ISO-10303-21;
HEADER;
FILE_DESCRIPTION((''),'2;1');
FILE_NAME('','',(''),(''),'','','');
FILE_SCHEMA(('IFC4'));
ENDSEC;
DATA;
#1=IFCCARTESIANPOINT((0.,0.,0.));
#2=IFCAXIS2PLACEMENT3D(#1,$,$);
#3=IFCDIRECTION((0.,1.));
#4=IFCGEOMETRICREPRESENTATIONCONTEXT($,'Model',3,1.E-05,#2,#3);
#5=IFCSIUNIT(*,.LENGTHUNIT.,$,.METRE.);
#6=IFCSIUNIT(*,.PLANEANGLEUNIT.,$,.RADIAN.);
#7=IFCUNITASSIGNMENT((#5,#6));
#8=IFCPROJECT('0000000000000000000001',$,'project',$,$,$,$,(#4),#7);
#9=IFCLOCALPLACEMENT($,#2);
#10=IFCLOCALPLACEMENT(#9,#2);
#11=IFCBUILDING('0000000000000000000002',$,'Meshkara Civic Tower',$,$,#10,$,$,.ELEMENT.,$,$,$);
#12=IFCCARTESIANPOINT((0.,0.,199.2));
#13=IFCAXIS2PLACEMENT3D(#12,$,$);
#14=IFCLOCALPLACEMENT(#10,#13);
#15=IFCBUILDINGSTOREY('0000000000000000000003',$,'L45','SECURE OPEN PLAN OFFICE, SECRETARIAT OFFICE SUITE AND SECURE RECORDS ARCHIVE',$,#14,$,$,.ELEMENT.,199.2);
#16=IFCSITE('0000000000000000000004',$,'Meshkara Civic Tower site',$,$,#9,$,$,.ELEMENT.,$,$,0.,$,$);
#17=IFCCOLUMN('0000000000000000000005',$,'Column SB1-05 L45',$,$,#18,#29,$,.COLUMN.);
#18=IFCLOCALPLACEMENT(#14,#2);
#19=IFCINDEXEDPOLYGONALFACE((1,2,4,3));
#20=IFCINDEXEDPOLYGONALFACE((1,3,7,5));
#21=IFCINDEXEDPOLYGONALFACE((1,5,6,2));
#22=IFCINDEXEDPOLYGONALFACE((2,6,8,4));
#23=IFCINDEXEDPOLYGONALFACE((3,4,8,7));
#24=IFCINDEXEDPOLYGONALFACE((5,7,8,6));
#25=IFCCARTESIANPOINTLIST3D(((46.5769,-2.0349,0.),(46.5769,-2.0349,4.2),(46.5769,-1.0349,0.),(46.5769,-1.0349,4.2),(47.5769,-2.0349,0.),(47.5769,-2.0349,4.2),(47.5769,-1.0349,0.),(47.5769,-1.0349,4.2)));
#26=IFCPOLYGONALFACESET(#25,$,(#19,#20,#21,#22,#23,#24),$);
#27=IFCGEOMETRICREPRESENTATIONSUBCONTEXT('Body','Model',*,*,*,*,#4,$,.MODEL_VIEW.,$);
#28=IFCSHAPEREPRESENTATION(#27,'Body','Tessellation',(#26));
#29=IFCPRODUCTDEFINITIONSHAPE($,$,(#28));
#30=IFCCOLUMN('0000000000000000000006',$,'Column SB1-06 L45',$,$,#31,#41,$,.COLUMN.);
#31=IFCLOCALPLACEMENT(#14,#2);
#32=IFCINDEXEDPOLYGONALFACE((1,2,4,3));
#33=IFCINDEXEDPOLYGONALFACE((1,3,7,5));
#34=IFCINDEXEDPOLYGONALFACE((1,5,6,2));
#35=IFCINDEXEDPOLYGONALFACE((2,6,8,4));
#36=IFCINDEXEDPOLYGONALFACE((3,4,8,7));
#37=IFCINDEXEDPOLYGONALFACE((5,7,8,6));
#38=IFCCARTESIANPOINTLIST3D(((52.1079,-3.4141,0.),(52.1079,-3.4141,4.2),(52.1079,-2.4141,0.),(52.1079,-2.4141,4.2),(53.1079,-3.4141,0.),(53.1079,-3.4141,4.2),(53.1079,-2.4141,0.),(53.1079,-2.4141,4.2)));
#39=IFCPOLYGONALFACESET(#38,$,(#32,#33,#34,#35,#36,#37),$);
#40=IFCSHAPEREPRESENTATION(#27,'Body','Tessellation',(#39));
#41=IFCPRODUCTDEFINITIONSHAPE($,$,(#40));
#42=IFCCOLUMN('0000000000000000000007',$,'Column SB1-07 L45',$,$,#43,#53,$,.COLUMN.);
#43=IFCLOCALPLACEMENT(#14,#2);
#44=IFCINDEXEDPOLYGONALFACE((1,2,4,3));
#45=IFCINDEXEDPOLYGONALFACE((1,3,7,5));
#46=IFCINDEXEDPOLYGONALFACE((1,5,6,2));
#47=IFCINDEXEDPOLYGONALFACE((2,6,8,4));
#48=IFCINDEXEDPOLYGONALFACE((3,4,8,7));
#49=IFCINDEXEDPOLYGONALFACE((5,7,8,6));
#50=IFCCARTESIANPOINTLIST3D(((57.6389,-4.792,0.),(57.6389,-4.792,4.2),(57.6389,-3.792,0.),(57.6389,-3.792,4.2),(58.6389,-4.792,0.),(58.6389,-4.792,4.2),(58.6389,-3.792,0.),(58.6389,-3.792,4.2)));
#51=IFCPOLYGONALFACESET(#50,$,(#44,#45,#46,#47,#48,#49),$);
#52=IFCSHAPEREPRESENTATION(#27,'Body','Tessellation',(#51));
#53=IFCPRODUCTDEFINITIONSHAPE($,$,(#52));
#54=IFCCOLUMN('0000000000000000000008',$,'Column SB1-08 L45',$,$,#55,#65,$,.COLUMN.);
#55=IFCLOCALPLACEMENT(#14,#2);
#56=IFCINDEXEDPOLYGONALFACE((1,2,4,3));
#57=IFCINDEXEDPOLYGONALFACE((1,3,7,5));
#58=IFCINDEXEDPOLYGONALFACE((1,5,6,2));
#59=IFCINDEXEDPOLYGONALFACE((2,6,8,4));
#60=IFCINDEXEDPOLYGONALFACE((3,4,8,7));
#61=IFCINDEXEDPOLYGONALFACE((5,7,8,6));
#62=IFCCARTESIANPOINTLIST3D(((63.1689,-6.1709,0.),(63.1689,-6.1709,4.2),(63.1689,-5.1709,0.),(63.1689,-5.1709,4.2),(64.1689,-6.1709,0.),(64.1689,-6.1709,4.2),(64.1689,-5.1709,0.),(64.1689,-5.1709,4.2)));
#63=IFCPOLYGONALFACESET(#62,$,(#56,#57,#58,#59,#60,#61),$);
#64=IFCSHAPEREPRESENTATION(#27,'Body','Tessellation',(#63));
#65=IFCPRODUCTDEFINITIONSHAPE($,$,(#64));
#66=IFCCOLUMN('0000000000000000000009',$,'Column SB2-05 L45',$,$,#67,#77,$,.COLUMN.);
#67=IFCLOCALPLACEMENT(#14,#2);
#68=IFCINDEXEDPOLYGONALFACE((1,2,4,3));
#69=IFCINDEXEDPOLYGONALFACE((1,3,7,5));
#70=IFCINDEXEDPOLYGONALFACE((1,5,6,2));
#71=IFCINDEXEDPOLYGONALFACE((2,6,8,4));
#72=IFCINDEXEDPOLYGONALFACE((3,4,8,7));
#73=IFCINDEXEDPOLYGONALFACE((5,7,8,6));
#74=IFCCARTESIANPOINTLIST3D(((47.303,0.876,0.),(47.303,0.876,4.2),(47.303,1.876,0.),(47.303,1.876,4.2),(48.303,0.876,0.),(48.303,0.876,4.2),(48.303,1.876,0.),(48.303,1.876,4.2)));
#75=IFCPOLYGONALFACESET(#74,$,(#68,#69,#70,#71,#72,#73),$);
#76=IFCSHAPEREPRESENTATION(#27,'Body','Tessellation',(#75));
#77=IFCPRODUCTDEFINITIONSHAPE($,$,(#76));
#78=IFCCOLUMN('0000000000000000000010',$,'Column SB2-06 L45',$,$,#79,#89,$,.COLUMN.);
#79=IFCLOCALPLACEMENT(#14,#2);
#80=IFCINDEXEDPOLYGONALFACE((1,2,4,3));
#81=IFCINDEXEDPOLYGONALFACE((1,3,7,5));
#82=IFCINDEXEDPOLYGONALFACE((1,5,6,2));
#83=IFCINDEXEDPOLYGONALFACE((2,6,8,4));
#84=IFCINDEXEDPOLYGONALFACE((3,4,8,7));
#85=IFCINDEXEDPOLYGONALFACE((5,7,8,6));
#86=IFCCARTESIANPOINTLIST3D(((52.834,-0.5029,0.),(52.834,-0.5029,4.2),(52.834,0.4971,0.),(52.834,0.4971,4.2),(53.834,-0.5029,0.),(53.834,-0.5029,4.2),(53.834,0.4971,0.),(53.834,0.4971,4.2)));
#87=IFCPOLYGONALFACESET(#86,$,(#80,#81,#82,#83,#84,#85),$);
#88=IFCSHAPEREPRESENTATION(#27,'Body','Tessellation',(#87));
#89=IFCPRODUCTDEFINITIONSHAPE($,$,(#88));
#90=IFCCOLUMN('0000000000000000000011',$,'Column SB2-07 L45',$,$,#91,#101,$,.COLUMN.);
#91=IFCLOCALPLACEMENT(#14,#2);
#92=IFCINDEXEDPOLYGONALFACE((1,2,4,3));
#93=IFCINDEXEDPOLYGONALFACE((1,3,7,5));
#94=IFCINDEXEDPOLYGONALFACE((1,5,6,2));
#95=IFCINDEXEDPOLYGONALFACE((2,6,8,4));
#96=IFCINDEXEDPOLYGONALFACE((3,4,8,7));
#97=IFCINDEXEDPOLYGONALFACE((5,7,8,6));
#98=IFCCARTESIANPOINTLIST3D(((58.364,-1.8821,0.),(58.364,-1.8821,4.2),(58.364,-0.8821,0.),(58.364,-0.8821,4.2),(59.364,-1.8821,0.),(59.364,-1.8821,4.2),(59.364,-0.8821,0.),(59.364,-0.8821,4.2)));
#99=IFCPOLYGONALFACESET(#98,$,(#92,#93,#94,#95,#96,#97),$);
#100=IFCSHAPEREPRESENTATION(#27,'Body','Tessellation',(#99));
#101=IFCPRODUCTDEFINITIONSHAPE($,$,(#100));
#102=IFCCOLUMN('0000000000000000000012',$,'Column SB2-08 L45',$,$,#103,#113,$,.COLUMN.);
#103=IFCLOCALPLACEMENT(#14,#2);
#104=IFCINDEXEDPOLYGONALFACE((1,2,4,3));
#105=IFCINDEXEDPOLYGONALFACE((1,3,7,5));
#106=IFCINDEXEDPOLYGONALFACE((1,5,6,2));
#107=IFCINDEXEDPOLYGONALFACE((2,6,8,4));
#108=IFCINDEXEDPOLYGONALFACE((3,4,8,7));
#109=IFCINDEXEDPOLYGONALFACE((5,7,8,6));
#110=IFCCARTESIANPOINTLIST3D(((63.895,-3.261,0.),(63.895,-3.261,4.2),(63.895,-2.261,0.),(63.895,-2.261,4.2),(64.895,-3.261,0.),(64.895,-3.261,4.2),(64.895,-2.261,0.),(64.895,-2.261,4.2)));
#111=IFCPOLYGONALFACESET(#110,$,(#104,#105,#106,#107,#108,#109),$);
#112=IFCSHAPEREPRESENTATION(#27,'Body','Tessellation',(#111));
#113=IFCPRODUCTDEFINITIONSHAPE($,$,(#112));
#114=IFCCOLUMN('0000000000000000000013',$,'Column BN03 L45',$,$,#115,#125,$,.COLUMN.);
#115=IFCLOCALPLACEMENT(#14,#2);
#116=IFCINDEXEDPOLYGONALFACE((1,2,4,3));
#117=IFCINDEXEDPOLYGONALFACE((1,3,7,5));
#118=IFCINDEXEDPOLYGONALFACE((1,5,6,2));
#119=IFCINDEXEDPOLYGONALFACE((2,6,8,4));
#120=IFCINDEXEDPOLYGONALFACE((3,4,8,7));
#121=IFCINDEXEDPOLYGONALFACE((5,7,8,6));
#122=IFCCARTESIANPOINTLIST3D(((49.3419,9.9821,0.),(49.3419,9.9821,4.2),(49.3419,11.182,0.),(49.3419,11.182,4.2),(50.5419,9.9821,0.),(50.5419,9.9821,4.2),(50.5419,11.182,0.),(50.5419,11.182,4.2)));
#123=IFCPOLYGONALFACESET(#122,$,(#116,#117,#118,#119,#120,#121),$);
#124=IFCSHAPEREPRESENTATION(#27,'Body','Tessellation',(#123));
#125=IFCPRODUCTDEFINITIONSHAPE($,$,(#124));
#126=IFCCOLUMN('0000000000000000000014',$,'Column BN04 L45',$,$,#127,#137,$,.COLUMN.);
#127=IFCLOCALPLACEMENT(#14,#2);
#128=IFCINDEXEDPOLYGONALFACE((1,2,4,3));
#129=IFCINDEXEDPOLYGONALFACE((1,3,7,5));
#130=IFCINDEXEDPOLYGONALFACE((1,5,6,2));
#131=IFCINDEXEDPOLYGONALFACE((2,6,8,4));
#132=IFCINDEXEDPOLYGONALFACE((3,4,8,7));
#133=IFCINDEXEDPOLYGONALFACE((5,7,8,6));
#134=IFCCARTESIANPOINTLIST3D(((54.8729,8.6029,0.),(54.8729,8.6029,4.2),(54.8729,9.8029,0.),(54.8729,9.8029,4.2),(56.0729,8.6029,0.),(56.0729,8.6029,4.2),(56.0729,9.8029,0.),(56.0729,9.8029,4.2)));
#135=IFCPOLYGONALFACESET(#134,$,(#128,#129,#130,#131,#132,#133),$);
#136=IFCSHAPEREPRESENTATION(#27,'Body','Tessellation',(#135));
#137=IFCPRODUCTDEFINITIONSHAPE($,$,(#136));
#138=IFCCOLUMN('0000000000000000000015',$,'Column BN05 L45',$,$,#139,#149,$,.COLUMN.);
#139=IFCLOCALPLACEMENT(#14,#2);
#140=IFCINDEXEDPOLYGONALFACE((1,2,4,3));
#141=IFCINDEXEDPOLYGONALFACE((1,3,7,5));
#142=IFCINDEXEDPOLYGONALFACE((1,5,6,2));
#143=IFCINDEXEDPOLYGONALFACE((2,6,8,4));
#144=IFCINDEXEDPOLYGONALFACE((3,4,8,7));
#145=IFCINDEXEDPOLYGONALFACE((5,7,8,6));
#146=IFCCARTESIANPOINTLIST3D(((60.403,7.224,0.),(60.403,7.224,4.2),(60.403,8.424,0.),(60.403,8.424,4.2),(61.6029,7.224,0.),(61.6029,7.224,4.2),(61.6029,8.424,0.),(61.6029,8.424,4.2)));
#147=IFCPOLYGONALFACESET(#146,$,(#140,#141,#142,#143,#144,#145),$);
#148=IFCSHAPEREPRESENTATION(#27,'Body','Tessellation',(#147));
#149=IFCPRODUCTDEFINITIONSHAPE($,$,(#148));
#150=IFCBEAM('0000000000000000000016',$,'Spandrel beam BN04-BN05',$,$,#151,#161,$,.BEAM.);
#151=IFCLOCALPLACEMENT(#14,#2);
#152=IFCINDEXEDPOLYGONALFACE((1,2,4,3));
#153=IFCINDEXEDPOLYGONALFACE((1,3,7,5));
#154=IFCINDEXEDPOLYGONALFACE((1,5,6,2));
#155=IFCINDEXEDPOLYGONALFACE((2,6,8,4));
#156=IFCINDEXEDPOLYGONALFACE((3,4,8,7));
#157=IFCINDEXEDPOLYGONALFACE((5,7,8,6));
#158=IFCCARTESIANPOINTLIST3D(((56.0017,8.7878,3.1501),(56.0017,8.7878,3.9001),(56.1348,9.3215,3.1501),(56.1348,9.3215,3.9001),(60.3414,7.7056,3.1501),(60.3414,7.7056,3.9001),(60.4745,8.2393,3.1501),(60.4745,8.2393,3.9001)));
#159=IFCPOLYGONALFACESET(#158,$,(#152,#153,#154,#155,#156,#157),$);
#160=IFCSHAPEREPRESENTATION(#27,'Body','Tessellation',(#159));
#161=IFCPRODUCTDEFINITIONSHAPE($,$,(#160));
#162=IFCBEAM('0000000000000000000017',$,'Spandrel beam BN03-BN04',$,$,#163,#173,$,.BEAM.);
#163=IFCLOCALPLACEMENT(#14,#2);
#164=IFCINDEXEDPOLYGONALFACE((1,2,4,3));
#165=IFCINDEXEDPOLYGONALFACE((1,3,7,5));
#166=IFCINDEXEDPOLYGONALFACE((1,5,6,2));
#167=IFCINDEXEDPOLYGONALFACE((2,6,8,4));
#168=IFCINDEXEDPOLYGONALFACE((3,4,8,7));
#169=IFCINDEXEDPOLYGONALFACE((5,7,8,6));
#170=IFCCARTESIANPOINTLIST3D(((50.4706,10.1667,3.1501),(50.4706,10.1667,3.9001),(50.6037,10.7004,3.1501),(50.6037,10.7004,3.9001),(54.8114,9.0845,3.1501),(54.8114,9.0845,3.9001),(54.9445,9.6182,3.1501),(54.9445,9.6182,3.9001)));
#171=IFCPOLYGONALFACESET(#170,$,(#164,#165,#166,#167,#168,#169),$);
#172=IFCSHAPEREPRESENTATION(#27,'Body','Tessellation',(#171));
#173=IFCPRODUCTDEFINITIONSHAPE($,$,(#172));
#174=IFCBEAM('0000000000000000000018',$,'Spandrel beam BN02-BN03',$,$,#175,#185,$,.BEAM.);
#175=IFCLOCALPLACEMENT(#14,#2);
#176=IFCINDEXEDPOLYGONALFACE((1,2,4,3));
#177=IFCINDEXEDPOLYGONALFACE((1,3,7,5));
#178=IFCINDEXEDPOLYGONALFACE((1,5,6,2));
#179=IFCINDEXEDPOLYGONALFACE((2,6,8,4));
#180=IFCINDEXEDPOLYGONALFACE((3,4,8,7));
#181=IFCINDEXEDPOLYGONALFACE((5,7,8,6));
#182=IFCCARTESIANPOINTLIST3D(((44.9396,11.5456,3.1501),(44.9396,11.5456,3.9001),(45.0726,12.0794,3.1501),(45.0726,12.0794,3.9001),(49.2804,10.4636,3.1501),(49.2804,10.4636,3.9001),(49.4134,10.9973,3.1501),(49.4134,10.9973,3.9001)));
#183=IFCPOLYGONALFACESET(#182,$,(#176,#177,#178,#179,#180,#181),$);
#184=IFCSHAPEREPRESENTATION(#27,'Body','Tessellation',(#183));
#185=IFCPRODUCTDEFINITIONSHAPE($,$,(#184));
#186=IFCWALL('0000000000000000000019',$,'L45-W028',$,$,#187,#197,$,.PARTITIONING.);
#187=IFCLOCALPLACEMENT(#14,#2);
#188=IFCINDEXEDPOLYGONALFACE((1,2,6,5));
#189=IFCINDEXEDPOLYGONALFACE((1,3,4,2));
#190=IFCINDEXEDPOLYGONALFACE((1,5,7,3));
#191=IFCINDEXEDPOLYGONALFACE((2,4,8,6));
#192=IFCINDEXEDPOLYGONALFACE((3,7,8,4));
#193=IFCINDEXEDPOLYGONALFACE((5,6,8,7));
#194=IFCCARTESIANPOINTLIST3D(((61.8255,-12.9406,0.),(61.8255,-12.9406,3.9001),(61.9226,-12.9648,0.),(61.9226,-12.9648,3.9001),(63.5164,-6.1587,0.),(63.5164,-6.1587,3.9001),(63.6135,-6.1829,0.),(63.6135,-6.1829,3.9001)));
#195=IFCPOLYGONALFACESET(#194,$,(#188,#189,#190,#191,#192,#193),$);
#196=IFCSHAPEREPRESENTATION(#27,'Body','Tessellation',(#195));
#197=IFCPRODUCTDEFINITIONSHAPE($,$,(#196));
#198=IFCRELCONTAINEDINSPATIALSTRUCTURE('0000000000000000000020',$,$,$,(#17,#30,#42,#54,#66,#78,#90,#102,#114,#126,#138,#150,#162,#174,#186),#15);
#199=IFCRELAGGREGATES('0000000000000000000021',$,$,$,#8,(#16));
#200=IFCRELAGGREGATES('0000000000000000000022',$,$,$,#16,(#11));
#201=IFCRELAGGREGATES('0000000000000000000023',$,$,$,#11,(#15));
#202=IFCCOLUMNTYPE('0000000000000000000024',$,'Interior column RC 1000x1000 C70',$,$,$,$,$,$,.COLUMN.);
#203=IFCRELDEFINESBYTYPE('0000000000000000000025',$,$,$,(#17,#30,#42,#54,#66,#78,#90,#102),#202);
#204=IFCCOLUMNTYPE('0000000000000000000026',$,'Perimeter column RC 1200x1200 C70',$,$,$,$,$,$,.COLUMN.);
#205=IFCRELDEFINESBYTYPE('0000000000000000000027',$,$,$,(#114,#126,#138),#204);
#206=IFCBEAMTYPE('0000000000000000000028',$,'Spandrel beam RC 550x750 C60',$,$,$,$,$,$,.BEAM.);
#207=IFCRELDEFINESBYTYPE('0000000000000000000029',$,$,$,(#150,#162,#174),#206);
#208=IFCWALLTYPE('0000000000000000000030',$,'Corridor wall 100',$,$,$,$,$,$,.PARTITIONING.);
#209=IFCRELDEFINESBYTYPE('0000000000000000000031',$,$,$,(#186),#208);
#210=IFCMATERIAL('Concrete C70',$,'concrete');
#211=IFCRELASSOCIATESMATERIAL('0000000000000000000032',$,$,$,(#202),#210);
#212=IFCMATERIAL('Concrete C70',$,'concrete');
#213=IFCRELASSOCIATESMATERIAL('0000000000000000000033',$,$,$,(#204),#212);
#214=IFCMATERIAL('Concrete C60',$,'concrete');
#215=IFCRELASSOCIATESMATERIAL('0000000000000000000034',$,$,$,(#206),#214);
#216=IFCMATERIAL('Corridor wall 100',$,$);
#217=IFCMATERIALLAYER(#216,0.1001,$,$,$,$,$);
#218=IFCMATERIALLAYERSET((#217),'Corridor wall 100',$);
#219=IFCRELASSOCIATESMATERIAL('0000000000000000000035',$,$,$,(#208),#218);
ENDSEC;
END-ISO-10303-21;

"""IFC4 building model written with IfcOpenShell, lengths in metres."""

from ifc_helpers import new_model, si_unit, direction, frame, frame_2d, origin, origin_2d, place, context, subcontext, project, spatial, rectangle, extrude, material, layer, layer_set, material_profile, profile_set, type_object, element, save


model = new_model("IFC4")

# Units and contexts
model_context = context("Model", 3, precision=1e-05, world=origin(), true_north=direction((0.0, 1.0)))
body_context = subcontext(model_context, "Body", "Model", "MODEL_VIEW")
ifc_project = project(units=[si_unit("LENGTHUNIT", "METRE"), si_unit("PLANEANGLEUNIT", "RADIAN")], contexts=[model_context])

# Site, building, storey
site_placement = place(None, origin())
site = spatial("IfcSite", under=ifc_project, at=site_placement, Name="Meshkara Civic Tower site", CompositionType="ELEMENT", RefElevation=0.0)
building_placement = place(site_placement, origin())
building = spatial("IfcBuilding", under=site, at=building_placement, Name="Meshkara Civic Tower", CompositionType="ELEMENT")
storey_placement = place(building_placement, frame((0.0, 0.0, 199.2)))
storey = spatial("IfcBuildingStorey", under=building, at=storey_placement, Name="L45", Description="SECURE OPEN PLAN OFFICE, SECRETARIAT OFFICE SUITE AND SECURE RECORDS ARCHIVE", CompositionType="ELEMENT", Elevation=199.2)

# Columns
ifc_material_1 = material(Name="Concrete C70", Category="concrete")
ifc_material_profile_1 = material_profile(ifc_material_1, rectangle(XDim=1.0, YDim=1.0, at=origin_2d()))
ifc_profile_set_1 = profile_set([ifc_material_profile_1], Name="Concrete C70")
column_type_1 = type_object("IfcColumnType", Name="Interior column RC 1000x1000 C70", PredefinedType="COLUMN", material=ifc_profile_set_1)
for number, where, z_axis, x_axis, name in (
    (1, (47.0769, -1.5349, 0.0), (0.0, 0.0, 1.0), (1.0, 0.0, 0.0), "Column SB1-05 L45"),
    (2, (52.6079, -2.9141, 0.0), (0.0, 0.0, 1.0), (1.0, 0.0, 0.0), "Column SB1-06 L45"),
    (3, (58.1389, -4.292, 0.0), (0.0, 0.0, 1.0), (1.0, 0.0, 0.0), "Column SB1-07 L45"),
    (4, (63.6689, -5.6709, 0.0), (0.0, 0.0, 1.0), (1.0, 0.0, 0.0), "Column SB1-08 L45"),
    (5, (47.803, 1.376, 0.0), (0.0, 0.0, 1.0), (1.0, 0.0, 0.0), "Column SB2-05 L45"),
    (6, (53.334, -0.0029, 0.0), (0.0, 0.0, 1.0), (1.0, 0.0, 0.0), "Column SB2-06 L45"),
    (7, (58.864, -1.3821, 0.0), (0.0, 0.0, 1.0), (1.0, 0.0, 0.0), "Column SB2-07 L45"),
    (8, (64.395, -2.761, 0.0), (0.0, 0.0, 1.0), (1.0, 0.0, 0.0), "Column SB2-08 L45"),
):
    element("IfcColumn", number, at=place(storey_placement, frame(where, z_axis=z_axis, x_axis=x_axis)), inside=storey, type_object=column_type_1, Name=name, PredefinedType="COLUMN", context=body_context, shape_type="SweptSolid", body=[
        extrude(rectangle(XDim=1.0, YDim=1.0, at=origin_2d()), origin(), (0.0, 0.0, 1.0), 4.2),
    ])
ifc_material_2 = material(Name="Concrete C70", Category="concrete")
ifc_material_profile_2 = material_profile(ifc_material_2, rectangle(XDim=1.2, YDim=1.2, at=origin_2d()))
ifc_profile_set_2 = profile_set([ifc_material_profile_2], Name="Concrete C70")
column_type_2 = type_object("IfcColumnType", Name="Perimeter column RC 1200x1200 C70", PredefinedType="COLUMN", material=ifc_profile_set_2)
for number, where, z_axis, x_axis, name in (
    (9, (49.9419, 10.582, 0.0), (0.0, 0.0, 1.0), (1.0, 0.0, 0.0), "Column BN03 L45"),
    (10, (55.4729, 9.2029, 0.0), (0.0, 0.0, 1.0), (1.0, 0.0, 0.0), "Column BN04 L45"),
    (11, (61.0029, 7.824, 0.0), (0.0, 0.0, 1.0), (1.0, 0.0, 0.0), "Column BN05 L45"),
):
    element("IfcColumn", number, at=place(storey_placement, frame(where, z_axis=z_axis, x_axis=x_axis)), inside=storey, type_object=column_type_2, Name=name, PredefinedType="COLUMN", context=body_context, shape_type="SweptSolid", body=[
        extrude(rectangle(XDim=1.2, YDim=1.2, at=origin_2d()), origin(), (0.0, 0.0, 1.0), 4.2),
    ])

# Beams
ifc_material_3 = material(Name="Concrete C60", Category="concrete")
ifc_material_profile_3 = material_profile(ifc_material_3, rectangle(XDim=0.55, YDim=0.75, at=origin_2d()))
ifc_profile_set_3 = profile_set([ifc_material_profile_3], Name="Concrete C60")
beam_type = type_object("IfcBeamType", Name="Spandrel beam RC 550x750 C60", PredefinedType="BEAM", material=ifc_profile_set_3)
beam_placement = place(storey_placement, frame((60.408, 7.9724, 3.5251), z_axis=(-0.970284, 0.24197, 0.0), x_axis=(-0.24197, -0.970284, 0.0)))
element("IfcBeam", 12, at=beam_placement, inside=storey, type_object=beam_type, Name="Spandrel beam BN04-BN05", PredefinedType="BEAM", context=body_context, shape_type="SweptSolid", body=[
    extrude(rectangle(XDim=0.55, YDim=0.75, at=origin_2d()), origin(), (0.0, 0.0, 1.0), 4.4727),
])
for number, where, z_axis, x_axis, name in (
    (13, (54.8779, 9.3513, 3.5251), (-0.970296, 0.241919, 0.0), (-0.241919, -0.970296, 0.0), "Spandrel beam BN03-BN04"),
    (14, (49.3469, 10.7305, 3.5251), (-0.970309, 0.241868, 0.0), (-0.241868, -0.970309, 0.0), "Spandrel beam BN02-BN03"),
):
    element("IfcBeam", number, at=place(storey_placement, frame(where, z_axis=z_axis, x_axis=x_axis)), inside=storey, type_object=beam_type, Name=name, PredefinedType="BEAM", context=body_context, shape_type="SweptSolid", body=[
        extrude(rectangle(XDim=0.55, YDim=0.75, at=origin_2d()), origin(), (0.0, 0.0, 1.0), 4.4736),
    ])

# Wall
ifc_material_4 = material(Name="Corridor wall 100")
ifc_layer_1 = layer(ifc_material_4, 0.1001)
ifc_layer_set_1 = layer_set([ifc_layer_1], Name="Corridor wall 100")
wall_type_1 = type_object("IfcWallType", Name="Corridor wall 100", PredefinedType="PARTITIONING", material=ifc_layer_set_1)
wall_1_placement = place(storey_placement, frame((63.5649, -6.1709, 0.0), z_axis=(0.0, 0.0, 1.0), x_axis=(-0.241919, -0.970296, 0.0)))
element("IfcWall", 15, at=wall_1_placement, inside=storey, type_object=wall_type_1, Name="L45-W028", PredefinedType="PARTITIONING", context=body_context, shape_type="SweptSolid", body=[
    extrude(rectangle(XDim=6.9895, YDim=0.1001, at=frame_2d((3.4946, 0.0))), origin(), (0.0, 0.0, 1.0), 3.9001),
])

save(model, "model.ifc")
